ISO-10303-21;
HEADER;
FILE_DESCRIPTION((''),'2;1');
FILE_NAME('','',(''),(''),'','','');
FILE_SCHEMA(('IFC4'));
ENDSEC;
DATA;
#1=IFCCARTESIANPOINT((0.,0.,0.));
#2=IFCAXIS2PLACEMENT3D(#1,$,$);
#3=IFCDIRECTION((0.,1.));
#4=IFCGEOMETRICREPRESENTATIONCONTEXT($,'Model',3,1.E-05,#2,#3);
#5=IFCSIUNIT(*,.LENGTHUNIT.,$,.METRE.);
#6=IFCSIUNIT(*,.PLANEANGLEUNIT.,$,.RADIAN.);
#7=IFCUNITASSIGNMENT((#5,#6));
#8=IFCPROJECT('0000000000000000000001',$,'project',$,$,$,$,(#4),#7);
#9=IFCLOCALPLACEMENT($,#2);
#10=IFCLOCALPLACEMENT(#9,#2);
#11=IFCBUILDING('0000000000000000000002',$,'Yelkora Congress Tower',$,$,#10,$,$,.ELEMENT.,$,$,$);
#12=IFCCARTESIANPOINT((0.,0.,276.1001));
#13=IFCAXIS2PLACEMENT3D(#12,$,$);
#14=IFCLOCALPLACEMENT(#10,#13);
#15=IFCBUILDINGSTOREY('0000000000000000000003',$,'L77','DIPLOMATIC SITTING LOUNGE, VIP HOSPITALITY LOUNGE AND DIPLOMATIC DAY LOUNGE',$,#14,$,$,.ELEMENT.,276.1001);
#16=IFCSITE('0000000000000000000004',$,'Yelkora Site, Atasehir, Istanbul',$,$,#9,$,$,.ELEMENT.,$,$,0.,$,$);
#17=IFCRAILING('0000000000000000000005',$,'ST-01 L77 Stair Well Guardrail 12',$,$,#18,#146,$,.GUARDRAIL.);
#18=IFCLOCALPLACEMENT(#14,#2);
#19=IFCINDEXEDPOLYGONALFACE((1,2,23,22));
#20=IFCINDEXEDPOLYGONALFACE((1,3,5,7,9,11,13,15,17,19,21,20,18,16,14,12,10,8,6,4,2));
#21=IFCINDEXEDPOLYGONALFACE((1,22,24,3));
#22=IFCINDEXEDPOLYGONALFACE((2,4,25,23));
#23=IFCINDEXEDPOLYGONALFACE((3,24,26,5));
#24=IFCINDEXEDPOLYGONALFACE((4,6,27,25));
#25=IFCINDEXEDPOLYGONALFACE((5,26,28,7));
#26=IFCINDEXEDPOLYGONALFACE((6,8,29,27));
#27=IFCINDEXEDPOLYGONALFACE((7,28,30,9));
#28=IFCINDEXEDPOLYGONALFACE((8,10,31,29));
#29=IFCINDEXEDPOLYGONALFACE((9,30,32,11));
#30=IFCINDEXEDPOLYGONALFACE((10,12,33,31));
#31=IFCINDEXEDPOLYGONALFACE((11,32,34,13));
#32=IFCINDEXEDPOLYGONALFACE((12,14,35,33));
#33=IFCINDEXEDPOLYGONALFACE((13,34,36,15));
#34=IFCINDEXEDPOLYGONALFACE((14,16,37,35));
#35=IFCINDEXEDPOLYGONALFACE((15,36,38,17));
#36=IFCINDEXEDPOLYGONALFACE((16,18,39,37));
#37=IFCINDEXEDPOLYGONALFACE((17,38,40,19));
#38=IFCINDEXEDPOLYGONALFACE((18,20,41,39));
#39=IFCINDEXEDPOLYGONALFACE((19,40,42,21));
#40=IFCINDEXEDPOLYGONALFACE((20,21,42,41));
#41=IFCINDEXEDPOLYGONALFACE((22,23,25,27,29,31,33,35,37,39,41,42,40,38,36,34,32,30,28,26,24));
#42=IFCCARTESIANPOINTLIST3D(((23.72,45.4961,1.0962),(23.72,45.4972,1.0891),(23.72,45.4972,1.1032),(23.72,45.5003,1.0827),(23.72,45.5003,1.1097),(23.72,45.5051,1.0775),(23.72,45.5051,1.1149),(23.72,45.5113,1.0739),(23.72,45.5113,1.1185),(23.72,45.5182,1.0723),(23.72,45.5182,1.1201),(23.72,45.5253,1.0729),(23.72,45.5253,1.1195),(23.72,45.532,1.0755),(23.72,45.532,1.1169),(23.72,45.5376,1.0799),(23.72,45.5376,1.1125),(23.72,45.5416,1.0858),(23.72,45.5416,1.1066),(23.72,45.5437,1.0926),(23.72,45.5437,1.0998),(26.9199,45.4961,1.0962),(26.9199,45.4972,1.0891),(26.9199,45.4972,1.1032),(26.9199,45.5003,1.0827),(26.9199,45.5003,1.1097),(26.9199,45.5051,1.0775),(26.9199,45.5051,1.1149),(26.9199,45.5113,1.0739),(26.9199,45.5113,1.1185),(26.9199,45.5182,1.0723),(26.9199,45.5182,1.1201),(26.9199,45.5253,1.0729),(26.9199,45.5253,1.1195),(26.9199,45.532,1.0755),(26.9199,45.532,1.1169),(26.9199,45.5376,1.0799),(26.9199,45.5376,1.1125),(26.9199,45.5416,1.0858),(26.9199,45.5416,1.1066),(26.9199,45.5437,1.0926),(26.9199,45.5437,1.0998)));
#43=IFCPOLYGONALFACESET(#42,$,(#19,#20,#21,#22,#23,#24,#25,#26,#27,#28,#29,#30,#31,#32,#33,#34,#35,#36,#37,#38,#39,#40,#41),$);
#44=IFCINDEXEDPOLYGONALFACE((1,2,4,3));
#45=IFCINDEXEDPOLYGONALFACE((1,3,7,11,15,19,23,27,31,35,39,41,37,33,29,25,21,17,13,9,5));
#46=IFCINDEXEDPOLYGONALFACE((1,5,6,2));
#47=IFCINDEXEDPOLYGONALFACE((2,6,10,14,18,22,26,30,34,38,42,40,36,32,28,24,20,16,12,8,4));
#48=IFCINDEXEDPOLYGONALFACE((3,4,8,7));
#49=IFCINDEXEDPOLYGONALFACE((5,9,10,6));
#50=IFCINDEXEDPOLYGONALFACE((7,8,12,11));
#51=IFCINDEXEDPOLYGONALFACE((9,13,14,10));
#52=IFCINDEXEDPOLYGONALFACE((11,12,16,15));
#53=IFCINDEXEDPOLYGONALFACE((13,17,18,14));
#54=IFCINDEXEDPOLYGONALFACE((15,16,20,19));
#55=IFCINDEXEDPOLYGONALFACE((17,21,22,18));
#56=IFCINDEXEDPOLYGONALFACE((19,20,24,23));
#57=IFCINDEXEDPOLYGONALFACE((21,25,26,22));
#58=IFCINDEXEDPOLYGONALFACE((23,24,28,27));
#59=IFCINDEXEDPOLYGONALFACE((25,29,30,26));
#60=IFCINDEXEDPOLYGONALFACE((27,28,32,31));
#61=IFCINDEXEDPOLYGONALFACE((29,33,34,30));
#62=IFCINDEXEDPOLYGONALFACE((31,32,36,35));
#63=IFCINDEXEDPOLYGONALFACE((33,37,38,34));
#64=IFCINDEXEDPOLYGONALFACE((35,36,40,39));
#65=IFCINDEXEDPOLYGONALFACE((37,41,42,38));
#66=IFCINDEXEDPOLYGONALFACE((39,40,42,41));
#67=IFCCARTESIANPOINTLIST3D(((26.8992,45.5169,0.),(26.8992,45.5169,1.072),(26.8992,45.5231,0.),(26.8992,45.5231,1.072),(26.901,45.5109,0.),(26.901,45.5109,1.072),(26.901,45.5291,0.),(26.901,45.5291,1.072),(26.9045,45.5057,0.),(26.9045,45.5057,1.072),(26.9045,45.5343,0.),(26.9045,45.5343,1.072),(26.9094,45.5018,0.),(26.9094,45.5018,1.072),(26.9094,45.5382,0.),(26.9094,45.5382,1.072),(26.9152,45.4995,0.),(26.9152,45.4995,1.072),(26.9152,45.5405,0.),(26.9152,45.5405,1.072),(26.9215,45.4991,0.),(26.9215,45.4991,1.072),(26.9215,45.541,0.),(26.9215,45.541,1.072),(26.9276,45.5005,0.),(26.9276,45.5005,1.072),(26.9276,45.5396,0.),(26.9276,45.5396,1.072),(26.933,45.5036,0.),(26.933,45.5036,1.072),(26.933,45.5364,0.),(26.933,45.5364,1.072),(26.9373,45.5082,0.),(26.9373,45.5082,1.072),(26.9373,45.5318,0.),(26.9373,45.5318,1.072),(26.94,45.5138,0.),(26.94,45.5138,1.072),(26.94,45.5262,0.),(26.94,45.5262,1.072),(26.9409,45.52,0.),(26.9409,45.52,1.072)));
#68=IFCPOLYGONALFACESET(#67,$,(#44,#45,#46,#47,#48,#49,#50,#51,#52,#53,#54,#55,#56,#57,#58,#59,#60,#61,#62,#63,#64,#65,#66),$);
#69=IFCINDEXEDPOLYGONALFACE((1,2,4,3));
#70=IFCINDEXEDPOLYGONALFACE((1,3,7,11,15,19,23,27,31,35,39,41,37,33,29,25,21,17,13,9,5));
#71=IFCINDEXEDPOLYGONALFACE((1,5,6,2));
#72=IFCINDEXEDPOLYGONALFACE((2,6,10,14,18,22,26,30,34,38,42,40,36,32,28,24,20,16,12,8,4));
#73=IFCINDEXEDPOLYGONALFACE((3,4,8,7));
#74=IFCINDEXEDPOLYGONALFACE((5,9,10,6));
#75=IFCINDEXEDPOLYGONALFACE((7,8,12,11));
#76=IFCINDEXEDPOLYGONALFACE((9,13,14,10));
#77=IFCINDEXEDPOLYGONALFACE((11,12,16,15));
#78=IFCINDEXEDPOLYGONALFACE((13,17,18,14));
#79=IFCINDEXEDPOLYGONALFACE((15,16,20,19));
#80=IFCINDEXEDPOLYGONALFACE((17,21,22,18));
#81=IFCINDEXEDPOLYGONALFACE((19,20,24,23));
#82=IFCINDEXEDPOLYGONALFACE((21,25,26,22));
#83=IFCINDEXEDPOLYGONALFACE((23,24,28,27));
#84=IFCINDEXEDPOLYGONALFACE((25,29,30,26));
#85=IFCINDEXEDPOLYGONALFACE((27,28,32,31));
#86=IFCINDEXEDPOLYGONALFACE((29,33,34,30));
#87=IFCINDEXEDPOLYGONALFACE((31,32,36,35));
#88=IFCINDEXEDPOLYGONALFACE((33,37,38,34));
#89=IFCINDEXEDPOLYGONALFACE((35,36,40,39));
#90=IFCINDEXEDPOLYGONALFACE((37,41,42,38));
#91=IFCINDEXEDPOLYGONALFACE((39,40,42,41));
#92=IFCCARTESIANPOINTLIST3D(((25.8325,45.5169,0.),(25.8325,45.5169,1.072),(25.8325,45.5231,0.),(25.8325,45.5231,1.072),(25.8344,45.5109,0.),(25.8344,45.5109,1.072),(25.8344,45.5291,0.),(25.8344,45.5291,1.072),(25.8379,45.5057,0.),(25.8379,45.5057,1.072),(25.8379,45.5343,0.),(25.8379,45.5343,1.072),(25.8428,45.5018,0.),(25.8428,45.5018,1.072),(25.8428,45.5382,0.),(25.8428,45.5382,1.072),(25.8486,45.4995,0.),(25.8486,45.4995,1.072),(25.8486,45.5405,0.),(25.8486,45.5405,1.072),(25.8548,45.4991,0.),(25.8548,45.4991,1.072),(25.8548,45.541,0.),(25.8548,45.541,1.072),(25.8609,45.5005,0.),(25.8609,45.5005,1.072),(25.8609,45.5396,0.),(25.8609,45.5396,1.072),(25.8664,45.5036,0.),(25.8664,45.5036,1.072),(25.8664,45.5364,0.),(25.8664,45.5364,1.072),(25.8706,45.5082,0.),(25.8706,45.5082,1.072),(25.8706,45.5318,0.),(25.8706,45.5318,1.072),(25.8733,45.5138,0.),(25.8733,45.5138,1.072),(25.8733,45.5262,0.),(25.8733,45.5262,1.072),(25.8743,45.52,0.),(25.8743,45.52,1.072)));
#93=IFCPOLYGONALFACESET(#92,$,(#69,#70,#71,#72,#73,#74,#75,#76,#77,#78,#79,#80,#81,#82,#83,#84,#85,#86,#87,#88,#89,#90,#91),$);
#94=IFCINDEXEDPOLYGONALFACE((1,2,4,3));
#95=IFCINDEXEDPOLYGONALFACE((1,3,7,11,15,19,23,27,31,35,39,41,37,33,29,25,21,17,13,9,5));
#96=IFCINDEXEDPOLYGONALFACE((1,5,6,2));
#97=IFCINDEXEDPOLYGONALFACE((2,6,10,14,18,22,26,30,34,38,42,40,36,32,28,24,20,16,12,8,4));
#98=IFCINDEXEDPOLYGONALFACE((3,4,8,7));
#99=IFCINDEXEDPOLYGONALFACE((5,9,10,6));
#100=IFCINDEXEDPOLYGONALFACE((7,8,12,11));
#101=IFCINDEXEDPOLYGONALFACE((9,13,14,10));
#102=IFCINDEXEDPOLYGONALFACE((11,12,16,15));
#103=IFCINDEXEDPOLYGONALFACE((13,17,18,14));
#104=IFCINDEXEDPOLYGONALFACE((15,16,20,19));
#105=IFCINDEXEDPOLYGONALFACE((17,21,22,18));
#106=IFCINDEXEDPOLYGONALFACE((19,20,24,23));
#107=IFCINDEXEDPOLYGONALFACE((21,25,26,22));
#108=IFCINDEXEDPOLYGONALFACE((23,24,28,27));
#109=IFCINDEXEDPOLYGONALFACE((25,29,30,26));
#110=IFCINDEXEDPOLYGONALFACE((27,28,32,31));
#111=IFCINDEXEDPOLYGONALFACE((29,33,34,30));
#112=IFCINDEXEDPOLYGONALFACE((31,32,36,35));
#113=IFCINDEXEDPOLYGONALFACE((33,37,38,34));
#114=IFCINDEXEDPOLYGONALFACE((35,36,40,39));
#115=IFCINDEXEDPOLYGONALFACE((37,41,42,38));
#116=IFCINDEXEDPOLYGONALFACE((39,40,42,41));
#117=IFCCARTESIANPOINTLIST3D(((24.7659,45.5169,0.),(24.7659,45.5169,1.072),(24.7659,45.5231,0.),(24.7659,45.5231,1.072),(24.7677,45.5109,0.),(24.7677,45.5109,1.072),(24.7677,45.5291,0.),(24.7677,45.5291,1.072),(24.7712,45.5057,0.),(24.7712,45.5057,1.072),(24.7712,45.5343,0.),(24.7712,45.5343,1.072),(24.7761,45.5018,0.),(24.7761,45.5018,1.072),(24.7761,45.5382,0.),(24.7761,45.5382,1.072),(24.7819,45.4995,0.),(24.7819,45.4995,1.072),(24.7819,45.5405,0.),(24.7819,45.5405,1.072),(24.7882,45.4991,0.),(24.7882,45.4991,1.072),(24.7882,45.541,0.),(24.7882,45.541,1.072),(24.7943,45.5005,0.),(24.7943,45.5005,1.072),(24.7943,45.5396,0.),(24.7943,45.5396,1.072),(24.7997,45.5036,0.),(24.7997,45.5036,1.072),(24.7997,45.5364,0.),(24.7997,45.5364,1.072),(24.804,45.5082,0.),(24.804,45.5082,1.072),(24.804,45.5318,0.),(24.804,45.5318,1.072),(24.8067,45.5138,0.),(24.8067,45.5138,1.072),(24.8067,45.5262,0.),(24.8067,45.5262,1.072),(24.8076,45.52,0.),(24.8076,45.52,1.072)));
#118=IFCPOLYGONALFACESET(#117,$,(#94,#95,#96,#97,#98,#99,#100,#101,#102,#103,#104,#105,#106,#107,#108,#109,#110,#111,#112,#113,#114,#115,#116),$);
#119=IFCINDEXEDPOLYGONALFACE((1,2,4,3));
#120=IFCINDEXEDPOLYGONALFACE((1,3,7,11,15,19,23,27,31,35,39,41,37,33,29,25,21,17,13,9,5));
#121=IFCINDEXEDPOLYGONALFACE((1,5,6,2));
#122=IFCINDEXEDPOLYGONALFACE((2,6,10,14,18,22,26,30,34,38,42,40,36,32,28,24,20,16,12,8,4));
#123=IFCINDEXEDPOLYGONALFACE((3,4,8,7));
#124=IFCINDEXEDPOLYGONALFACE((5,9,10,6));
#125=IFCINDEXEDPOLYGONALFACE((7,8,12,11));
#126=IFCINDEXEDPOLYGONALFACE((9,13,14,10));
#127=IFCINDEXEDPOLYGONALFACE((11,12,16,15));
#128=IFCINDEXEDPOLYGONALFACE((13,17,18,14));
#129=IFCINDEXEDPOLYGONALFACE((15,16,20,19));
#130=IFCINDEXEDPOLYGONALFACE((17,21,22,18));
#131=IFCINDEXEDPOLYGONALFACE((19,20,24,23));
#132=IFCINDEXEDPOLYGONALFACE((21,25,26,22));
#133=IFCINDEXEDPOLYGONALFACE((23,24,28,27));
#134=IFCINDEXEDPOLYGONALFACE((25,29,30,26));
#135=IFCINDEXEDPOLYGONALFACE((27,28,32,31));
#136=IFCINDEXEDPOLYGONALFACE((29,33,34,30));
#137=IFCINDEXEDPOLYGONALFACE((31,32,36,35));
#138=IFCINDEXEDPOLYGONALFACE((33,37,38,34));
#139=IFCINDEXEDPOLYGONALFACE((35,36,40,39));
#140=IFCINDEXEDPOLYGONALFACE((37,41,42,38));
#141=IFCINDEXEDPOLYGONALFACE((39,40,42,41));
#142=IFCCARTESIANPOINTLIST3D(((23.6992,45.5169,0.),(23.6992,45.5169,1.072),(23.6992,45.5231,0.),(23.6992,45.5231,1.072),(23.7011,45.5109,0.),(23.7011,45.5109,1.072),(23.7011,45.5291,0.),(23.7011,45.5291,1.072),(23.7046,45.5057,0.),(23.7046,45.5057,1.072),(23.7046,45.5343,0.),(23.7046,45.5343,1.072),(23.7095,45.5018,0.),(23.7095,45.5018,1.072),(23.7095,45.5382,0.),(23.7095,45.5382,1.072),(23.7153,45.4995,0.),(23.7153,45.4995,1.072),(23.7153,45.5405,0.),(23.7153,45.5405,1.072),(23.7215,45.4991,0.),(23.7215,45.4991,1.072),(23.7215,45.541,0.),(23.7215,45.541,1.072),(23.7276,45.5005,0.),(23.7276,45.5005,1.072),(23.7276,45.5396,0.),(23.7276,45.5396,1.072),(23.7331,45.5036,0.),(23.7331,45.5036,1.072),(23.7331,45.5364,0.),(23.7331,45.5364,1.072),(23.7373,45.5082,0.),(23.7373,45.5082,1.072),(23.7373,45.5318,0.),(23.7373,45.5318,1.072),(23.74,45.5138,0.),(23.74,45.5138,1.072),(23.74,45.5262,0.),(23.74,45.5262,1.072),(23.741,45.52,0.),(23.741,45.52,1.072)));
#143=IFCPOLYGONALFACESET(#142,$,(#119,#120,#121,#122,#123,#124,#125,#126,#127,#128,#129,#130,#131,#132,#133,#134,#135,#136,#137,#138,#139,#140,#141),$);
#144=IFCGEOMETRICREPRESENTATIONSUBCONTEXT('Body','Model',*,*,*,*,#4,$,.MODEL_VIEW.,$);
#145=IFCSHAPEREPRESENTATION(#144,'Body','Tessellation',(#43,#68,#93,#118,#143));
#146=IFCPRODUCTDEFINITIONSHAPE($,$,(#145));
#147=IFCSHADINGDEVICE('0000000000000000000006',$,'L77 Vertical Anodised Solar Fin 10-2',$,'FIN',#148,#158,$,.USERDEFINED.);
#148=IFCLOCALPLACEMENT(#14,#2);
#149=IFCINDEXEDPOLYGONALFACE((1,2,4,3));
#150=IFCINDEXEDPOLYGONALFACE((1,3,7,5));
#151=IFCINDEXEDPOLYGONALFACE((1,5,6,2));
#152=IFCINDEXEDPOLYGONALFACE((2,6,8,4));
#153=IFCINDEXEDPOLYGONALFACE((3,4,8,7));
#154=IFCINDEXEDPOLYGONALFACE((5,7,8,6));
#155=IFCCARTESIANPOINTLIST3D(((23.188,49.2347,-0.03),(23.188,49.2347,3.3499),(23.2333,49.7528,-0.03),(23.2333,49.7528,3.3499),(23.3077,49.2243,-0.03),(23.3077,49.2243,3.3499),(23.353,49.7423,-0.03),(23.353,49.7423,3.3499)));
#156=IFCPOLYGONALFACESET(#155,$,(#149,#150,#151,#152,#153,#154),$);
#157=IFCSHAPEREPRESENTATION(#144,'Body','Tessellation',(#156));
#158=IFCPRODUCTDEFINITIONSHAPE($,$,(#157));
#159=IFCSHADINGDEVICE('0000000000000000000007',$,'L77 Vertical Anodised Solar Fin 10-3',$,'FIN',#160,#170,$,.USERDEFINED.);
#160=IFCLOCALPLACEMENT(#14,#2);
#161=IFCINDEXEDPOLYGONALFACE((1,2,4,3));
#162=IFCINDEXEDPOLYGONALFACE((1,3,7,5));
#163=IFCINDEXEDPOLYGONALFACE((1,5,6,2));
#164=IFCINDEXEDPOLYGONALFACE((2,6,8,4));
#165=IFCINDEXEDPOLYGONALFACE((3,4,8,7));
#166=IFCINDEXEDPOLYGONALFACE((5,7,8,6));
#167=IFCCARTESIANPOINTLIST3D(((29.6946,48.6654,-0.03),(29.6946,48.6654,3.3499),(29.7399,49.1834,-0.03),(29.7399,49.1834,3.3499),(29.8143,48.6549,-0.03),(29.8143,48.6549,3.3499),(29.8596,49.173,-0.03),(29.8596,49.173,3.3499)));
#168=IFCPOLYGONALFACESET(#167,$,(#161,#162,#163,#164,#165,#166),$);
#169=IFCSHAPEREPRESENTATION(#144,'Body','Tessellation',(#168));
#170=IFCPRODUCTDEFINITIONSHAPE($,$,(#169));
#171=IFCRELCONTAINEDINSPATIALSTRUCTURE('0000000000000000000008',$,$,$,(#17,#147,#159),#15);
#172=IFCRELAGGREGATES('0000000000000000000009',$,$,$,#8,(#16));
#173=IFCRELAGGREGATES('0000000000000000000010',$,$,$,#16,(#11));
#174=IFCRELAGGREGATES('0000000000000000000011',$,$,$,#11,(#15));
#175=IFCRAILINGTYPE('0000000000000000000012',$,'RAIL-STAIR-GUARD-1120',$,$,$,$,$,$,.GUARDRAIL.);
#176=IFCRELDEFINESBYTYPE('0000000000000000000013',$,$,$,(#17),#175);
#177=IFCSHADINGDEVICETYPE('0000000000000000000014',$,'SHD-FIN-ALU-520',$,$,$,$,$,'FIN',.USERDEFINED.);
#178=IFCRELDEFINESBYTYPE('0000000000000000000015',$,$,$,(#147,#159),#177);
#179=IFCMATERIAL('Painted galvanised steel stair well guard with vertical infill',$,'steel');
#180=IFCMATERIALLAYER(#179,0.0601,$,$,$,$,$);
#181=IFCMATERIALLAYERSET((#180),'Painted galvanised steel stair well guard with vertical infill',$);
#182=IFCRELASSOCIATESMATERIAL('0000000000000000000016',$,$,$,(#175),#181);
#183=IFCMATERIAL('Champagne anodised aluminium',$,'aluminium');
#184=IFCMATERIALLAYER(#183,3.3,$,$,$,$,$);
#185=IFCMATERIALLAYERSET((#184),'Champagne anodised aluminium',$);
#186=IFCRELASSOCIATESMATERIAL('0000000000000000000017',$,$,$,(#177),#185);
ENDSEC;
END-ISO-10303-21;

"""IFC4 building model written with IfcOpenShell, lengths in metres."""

from ifc_helpers import new_model, si_unit, direction, frame, origin, origin_2d, place, context, subcontext, project, spatial, rectangle, circle, extrude, material, layer, layer_set, type_object, element, save


model = new_model("IFC4")

# Units and contexts
model_context = context("Model", 3, precision=1e-05, world=origin(), true_north=direction((0.0, 1.0)))
body_context = subcontext(model_context, "Body", "Model", "MODEL_VIEW")
ifc_project = project(units=[si_unit("LENGTHUNIT", "METRE"), si_unit("PLANEANGLEUNIT", "RADIAN")], contexts=[model_context])

# Site, building, storey
site_placement = place(None, origin())
site = spatial("IfcSite", under=ifc_project, at=site_placement, Name="Yelkora Site, Atasehir, Istanbul", CompositionType="ELEMENT", RefElevation=0.0)
building_placement = place(site_placement, origin())
building = spatial("IfcBuilding", under=site, at=building_placement, Name="Yelkora Congress Tower", CompositionType="ELEMENT")
storey_placement = place(building_placement, frame((0.0, 0.0, 276.1001)))
storey = spatial("IfcBuildingStorey", under=building, at=storey_placement, Name="L77", Description="DIPLOMATIC SITTING LOUNGE, VIP HOSPITALITY LOUNGE AND DIPLOMATIC DAY LOUNGE", CompositionType="ELEMENT", Elevation=276.1001)

# Railing
ifc_material_1 = material(Name="Painted galvanised steel stair well guard with vertical infill", Category="steel")
ifc_layer_1 = layer(ifc_material_1, 0.0601)
ifc_layer_set_1 = layer_set([ifc_layer_1], Name="Painted galvanised steel stair well guard with vertical infill")
railing_type = type_object("IfcRailingType", Name="RAIL-STAIR-GUARD-1120", PredefinedType="GUARDRAIL", material=ifc_layer_set_1)
railing_1_placement = place(storey_placement, frame((26.9199, 45.52, 0.0)))
element("IfcRailing", 1, at=railing_1_placement, inside=storey, type_object=railing_type, Name="ST-01 L77 Stair Well Guardrail 12", PredefinedType="GUARDRAIL", context=body_context, shape_type="SweptSolid", body=[
    extrude(circle(Radius=0.0239, at=origin_2d()), frame((0.0, 0.0, 1.0962), z_axis=(-1.0, 0.0, 0.0), x_axis=(0.0, -1.0, 0.0)), (0.0, 0.0, 1.0), 3.2),
    extrude(circle(Radius=0.021, at=origin_2d()), origin(), (0.0, 0.0, 1.0), 1.072),
    extrude(circle(Radius=0.021, at=origin_2d()), frame((-1.0667, 0.0, 0.0)), (0.0, 0.0, 1.0), 1.072),
    extrude(circle(Radius=0.021, at=origin_2d()), frame((-2.1333, 0.0, 0.0)), (0.0, 0.0, 1.0), 1.072),
    extrude(circle(Radius=0.021, at=origin_2d()), frame((-3.2, 0.0, 0.0)), (0.0, 0.0, 1.0), 1.072),
])

# Shading devices
ifc_material_2 = material(Name="Champagne anodised aluminium", Category="aluminium")
ifc_layer_2 = layer(ifc_material_2, 3.3)
ifc_layer_set_2 = layer_set([ifc_layer_2], Name="Champagne anodised aluminium")
shading_device_type = type_object("IfcShadingDeviceType", Name="SHD-FIN-ALU-520", ElementType="FIN", PredefinedType="USERDEFINED", material=ifc_layer_set_2)
for number, where, z_axis, x_axis, name in (
    (2, (23.2705, 49.4885, -0.03), (0.0, 0.0, 1.0), (0.996195, -0.087156, 0.0), "L77 Vertical Anodised Solar Fin 10-2"),
    (3, (29.7771, 48.9192, -0.03), (0.0, 0.0, 1.0), (0.996195, -0.087156, 0.0), "L77 Vertical Anodised Solar Fin 10-3"),
):
    element("IfcShadingDevice", number, at=place(storey_placement, frame(where, z_axis=z_axis, x_axis=x_axis)), inside=storey, type_object=shading_device_type, Name=name, ObjectType="FIN", PredefinedType="USERDEFINED", context=body_context, shape_type="SweptSolid", body=[
        extrude(rectangle(XDim=0.1201, YDim=0.52, at=origin_2d()), origin(), (0.0, 0.0, 1.0), 3.3799),
    ])

save(model, "model.ifc")
